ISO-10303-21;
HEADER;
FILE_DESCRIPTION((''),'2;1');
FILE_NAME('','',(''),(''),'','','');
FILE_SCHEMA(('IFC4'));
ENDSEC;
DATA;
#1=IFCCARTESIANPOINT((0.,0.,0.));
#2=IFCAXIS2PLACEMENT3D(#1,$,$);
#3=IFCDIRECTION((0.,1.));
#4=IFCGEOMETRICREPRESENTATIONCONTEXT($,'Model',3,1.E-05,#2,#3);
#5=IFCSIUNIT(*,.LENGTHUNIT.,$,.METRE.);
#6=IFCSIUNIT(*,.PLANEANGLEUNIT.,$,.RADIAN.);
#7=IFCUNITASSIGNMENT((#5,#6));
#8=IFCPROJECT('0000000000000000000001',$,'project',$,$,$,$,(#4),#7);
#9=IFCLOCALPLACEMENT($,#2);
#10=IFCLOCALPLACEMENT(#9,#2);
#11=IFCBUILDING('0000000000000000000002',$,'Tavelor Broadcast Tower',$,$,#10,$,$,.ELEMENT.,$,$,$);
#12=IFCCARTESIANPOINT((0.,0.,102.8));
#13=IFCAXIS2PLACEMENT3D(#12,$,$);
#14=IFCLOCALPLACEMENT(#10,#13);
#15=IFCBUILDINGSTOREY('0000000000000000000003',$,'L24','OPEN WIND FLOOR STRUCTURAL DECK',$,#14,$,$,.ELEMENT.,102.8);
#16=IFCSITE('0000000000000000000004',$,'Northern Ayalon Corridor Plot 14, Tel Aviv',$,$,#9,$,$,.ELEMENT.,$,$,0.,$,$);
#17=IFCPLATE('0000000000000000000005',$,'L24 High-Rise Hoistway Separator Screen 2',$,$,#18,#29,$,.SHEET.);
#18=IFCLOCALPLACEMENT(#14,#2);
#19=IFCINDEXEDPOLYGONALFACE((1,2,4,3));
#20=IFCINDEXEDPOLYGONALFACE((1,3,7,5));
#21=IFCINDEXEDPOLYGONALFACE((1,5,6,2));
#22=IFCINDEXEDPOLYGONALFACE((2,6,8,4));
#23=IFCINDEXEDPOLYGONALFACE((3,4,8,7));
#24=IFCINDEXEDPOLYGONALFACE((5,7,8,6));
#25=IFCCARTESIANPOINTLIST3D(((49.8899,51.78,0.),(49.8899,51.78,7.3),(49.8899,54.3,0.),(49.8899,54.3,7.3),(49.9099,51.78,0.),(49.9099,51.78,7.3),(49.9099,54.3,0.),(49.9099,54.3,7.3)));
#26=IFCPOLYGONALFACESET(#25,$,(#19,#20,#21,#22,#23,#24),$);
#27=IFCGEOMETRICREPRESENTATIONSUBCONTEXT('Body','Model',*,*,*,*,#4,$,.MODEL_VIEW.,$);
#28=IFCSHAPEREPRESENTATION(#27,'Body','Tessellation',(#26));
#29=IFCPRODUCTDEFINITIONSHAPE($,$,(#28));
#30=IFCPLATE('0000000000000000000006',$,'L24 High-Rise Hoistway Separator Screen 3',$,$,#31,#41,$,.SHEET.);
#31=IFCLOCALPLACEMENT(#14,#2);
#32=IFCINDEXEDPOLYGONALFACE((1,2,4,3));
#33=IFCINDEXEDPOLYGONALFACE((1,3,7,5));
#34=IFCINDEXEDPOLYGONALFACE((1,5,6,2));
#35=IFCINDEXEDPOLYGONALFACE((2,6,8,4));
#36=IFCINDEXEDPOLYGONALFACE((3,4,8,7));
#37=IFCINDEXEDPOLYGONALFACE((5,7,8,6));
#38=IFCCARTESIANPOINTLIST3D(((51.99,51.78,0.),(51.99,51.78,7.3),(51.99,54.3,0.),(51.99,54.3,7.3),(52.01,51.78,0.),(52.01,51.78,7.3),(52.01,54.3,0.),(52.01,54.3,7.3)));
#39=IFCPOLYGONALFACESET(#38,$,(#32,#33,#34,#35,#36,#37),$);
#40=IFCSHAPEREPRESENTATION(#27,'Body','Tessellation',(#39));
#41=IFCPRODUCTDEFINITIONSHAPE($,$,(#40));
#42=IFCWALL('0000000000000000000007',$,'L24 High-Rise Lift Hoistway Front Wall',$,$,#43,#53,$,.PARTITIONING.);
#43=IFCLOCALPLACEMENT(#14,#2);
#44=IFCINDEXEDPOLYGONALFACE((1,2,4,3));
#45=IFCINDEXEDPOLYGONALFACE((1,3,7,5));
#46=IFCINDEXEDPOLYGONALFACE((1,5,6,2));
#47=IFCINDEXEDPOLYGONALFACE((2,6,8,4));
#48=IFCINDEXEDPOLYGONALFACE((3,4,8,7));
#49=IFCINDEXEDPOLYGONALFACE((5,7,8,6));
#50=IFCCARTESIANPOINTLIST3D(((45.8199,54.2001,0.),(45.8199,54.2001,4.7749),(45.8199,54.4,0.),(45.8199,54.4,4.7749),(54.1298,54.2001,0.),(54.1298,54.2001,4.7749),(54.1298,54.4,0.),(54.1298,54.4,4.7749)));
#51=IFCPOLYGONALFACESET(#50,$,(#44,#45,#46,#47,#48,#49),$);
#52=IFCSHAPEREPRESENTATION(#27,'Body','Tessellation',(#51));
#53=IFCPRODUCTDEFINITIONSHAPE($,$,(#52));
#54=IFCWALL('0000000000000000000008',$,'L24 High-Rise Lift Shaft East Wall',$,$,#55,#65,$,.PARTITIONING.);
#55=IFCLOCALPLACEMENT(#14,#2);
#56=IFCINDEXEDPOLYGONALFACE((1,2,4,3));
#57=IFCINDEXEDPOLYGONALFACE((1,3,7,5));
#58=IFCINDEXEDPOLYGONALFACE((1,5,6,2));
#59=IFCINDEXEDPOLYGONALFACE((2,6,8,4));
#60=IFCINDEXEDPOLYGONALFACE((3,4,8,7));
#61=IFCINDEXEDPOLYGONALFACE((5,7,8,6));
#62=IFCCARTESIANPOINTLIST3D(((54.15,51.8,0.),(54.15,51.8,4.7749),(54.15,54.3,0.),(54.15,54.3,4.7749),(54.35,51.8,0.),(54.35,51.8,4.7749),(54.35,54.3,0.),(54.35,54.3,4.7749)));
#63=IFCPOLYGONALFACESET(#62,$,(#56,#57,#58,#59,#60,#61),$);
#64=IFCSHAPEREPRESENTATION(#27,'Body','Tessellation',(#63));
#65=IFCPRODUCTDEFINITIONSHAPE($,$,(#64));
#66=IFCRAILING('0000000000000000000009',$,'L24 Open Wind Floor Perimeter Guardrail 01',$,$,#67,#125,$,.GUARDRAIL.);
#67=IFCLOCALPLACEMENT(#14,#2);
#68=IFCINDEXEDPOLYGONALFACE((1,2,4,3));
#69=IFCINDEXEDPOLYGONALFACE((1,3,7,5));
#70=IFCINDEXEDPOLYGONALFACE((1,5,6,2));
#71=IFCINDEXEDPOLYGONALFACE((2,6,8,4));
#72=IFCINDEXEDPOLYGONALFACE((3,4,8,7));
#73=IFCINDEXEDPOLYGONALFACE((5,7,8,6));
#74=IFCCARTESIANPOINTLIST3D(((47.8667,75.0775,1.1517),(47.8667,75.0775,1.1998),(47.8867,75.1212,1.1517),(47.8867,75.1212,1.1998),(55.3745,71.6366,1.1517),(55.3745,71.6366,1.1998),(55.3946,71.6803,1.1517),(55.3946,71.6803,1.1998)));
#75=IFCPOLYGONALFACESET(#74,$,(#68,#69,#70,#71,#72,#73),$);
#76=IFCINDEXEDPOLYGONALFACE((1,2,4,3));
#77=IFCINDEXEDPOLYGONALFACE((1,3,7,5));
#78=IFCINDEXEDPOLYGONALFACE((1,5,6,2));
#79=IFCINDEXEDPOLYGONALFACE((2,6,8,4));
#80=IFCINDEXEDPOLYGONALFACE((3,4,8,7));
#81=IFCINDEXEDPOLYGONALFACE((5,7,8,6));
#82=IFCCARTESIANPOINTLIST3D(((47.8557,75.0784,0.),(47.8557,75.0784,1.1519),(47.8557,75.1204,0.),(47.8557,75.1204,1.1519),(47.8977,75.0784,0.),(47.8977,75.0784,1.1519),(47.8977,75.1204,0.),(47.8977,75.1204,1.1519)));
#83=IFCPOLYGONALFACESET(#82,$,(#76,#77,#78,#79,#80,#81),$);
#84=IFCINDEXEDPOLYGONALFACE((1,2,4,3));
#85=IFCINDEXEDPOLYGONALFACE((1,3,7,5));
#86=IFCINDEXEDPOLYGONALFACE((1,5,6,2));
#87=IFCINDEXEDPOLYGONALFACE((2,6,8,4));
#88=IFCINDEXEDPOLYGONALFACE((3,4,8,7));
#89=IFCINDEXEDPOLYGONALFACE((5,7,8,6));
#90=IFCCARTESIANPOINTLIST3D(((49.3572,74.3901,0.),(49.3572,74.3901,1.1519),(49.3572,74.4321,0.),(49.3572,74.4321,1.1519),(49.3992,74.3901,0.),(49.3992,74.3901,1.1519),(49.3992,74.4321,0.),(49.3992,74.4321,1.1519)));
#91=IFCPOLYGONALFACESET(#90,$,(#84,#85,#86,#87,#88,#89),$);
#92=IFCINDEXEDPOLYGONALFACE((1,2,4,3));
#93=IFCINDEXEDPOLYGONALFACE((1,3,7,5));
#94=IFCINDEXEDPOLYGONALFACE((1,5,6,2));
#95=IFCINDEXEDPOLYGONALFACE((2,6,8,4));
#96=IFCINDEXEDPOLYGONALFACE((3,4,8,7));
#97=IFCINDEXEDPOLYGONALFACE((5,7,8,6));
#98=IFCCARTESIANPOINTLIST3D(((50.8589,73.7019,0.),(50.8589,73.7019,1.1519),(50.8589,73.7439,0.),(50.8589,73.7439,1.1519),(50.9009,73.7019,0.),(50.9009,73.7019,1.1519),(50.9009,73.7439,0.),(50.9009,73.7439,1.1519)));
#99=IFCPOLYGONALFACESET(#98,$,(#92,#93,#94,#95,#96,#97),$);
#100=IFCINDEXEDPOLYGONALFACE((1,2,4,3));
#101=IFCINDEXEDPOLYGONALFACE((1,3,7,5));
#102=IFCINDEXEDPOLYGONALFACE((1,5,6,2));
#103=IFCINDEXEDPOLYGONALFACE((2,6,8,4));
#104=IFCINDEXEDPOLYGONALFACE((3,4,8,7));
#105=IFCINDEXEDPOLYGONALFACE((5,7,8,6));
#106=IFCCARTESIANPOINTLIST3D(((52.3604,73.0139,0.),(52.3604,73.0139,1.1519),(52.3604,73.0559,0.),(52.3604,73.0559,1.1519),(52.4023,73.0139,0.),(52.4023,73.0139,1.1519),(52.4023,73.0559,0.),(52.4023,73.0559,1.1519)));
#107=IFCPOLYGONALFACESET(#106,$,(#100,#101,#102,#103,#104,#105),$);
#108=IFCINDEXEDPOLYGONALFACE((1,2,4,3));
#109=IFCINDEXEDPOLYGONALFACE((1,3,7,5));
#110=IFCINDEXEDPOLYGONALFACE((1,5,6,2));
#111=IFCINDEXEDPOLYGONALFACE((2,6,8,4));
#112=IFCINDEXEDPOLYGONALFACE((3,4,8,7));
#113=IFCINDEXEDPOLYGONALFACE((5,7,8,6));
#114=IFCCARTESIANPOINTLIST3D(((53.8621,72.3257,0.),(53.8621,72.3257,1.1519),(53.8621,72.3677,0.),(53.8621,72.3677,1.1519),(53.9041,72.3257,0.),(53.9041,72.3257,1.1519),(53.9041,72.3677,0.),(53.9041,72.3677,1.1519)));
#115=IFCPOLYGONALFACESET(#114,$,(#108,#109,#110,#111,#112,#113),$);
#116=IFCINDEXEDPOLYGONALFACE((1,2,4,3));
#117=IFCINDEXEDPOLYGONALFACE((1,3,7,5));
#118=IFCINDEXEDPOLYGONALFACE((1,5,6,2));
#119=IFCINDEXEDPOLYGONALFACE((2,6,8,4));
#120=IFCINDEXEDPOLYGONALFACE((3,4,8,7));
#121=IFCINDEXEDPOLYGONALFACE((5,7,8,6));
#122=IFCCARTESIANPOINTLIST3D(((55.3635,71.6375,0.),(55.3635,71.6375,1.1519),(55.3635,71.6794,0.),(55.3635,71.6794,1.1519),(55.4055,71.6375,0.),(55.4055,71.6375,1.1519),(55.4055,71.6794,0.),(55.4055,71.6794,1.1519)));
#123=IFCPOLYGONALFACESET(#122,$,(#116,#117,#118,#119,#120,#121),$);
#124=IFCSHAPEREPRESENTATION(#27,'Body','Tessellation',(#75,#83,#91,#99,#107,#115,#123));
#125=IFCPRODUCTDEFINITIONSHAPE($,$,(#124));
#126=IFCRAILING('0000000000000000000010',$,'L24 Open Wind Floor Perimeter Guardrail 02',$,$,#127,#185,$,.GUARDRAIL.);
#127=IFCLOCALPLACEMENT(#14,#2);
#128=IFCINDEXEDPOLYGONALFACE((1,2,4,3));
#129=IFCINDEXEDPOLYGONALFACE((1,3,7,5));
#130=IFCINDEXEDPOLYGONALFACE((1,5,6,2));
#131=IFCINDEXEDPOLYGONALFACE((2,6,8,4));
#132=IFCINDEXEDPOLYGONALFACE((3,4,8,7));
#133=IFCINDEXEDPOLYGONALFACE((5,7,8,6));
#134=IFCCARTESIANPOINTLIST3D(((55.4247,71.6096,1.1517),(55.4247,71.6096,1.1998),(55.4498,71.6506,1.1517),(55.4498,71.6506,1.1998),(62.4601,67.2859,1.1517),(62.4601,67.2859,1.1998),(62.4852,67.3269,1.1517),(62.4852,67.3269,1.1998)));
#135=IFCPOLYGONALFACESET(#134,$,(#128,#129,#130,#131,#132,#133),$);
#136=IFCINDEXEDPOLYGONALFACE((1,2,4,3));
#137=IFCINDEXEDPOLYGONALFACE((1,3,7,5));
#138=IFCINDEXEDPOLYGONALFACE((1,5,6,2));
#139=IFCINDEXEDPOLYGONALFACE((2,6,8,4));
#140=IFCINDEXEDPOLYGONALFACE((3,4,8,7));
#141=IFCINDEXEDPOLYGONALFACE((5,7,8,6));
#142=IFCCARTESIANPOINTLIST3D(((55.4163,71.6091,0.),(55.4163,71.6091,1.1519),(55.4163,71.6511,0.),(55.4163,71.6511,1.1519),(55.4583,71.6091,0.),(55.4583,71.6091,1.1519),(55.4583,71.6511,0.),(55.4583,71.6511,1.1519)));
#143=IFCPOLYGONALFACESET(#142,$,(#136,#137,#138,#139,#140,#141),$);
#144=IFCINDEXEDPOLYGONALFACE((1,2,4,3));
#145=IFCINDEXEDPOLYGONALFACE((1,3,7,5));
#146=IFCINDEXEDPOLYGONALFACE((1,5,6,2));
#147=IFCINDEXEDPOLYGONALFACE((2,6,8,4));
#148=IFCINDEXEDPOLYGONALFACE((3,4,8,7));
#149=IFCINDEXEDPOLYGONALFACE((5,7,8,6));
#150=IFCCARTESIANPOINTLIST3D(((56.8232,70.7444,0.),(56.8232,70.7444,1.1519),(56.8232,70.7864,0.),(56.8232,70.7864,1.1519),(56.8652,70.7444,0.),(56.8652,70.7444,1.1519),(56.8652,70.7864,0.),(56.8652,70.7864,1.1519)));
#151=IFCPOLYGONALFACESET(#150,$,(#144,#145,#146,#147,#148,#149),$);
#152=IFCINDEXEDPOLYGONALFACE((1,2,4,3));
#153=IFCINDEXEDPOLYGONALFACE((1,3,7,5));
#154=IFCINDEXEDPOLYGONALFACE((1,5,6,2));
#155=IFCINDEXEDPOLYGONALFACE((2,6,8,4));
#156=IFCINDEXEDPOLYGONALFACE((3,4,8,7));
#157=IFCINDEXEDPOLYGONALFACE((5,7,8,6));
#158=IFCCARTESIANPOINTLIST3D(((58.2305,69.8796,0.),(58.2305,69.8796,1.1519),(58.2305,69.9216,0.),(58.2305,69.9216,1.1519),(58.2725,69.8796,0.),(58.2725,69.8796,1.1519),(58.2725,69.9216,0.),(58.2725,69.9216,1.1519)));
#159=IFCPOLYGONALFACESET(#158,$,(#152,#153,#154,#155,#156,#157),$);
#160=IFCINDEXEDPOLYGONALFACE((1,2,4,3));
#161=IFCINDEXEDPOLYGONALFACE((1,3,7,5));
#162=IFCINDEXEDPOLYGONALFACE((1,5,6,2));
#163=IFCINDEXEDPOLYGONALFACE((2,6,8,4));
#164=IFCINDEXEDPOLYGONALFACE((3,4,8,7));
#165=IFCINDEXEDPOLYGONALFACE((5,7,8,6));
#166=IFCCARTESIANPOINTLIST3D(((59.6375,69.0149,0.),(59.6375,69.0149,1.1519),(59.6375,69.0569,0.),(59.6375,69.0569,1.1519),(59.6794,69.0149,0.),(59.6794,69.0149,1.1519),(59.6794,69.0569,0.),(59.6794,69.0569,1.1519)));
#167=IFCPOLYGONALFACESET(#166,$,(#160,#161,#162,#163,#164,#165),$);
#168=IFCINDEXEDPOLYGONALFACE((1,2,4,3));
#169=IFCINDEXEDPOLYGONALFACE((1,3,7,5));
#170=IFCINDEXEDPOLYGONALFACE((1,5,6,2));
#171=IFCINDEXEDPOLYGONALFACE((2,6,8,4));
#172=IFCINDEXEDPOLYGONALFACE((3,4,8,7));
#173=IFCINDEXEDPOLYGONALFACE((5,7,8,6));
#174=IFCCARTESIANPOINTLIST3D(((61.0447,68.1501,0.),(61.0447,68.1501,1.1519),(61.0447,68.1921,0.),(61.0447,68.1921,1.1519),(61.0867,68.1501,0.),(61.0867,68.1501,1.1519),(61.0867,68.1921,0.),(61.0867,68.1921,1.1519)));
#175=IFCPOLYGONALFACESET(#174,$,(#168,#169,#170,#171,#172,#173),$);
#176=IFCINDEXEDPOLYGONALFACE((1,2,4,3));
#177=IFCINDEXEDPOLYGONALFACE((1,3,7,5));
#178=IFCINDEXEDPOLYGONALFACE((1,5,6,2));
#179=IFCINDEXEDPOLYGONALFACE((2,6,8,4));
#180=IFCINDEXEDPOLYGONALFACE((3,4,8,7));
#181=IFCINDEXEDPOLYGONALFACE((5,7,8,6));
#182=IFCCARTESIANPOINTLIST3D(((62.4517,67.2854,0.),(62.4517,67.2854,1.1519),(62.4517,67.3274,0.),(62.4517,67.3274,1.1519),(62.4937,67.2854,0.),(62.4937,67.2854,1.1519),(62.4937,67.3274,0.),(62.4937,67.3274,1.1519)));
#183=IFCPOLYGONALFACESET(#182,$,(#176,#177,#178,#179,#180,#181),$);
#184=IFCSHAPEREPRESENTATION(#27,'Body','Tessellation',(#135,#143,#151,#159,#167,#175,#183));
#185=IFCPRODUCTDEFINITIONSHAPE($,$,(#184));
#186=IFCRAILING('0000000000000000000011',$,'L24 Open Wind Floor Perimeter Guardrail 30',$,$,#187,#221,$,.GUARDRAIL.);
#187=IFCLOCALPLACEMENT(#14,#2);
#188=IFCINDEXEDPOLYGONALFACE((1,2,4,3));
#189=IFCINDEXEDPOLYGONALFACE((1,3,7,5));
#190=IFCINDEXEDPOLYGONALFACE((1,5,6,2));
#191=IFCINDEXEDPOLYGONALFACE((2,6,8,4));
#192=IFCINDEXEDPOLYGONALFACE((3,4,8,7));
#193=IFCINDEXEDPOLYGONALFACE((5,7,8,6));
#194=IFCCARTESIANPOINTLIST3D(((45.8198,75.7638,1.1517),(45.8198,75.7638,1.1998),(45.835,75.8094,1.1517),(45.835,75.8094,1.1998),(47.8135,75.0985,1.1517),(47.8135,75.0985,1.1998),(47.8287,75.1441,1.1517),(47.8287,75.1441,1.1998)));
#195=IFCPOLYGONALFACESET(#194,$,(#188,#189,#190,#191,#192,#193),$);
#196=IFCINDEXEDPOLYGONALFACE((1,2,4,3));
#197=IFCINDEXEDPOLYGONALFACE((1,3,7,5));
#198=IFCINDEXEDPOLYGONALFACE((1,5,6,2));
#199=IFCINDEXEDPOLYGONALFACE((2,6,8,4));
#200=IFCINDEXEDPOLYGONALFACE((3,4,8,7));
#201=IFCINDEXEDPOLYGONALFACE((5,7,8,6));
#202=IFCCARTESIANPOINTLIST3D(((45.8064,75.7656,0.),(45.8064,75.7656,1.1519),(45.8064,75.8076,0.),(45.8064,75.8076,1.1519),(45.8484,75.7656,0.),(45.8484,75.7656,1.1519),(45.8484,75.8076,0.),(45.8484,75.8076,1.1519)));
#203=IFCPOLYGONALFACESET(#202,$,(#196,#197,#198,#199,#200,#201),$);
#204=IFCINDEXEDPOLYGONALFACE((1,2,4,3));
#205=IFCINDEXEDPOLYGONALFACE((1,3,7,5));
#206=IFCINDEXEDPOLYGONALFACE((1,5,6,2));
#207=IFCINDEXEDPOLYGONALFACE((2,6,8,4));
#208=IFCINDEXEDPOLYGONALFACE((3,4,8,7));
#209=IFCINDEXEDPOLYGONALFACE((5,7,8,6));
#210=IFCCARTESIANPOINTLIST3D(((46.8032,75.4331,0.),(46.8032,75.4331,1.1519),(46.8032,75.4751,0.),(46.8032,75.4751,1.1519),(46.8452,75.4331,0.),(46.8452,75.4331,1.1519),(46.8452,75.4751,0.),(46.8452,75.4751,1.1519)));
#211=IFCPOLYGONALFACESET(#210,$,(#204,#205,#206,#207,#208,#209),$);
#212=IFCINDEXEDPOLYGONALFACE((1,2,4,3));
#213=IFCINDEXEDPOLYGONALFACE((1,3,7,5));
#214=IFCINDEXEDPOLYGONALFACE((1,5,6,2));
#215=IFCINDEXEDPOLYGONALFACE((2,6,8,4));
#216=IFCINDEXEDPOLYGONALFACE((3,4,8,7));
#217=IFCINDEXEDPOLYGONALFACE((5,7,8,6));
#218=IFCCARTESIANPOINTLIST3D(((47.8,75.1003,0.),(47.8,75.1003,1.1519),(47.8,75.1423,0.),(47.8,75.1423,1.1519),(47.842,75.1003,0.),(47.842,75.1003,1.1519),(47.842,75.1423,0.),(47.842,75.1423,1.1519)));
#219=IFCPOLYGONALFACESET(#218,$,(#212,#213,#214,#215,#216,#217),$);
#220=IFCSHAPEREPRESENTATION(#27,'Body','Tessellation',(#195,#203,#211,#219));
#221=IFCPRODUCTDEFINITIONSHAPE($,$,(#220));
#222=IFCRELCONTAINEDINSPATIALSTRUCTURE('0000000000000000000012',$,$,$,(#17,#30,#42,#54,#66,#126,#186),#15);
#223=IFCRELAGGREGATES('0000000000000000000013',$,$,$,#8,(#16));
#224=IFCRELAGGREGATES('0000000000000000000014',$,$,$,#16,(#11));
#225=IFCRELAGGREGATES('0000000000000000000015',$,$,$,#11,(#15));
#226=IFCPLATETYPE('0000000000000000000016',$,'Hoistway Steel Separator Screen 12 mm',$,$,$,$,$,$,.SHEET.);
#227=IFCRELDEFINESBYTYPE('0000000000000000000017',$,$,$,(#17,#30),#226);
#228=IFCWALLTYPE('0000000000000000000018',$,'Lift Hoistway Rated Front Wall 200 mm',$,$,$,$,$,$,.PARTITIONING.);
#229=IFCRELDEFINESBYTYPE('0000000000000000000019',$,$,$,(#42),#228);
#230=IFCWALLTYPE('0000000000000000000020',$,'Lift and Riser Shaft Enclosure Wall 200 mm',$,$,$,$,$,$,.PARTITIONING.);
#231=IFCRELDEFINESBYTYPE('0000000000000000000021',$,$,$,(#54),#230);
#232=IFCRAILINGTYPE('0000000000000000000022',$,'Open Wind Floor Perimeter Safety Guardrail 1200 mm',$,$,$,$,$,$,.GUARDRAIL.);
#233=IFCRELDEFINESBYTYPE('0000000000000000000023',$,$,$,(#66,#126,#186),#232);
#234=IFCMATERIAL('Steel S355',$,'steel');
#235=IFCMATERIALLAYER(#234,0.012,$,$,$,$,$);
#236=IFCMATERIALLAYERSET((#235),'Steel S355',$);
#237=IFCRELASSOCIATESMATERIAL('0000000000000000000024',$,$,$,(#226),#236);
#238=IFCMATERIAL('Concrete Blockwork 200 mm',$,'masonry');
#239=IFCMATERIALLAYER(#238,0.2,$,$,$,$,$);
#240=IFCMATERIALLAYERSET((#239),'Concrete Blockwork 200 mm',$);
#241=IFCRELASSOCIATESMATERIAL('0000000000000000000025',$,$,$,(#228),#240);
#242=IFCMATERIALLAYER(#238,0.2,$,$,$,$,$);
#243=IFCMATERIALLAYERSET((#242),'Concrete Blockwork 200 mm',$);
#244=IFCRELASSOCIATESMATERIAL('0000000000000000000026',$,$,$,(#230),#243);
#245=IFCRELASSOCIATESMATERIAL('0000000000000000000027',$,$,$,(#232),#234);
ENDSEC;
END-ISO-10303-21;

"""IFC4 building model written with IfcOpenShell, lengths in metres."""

from ifc_helpers import new_model, si_unit, direction, frame, frame_2d, origin, origin_2d, place, context, subcontext, project, spatial, rectangle, extrude, source, transform, mapped, material, layer, layer_set, type_object, type_shapes, element, save


model = new_model("IFC4")

# Units and contexts
model_context = context("Model", 3, precision=1e-05, world=origin(), true_north=direction((0.0, 1.0)))
body_context = subcontext(model_context, "Body", "Model", "MODEL_VIEW")
ifc_project = project(units=[si_unit("LENGTHUNIT", "METRE"), si_unit("PLANEANGLEUNIT", "RADIAN")], contexts=[model_context])

# Site, building, storey
site_placement = place(None, origin())
site = spatial("IfcSite", under=ifc_project, at=site_placement, Name="Northern Ayalon Corridor Plot 14, Tel Aviv", CompositionType="ELEMENT", RefElevation=0.0)
building_placement = place(site_placement, origin())
building = spatial("IfcBuilding", under=site, at=building_placement, Name="Tavelor Broadcast Tower", CompositionType="ELEMENT")
storey_placement = place(building_placement, frame((0.0, 0.0, 102.8)))
storey = spatial("IfcBuildingStorey", under=building, at=storey_placement, Name="L24", Description="OPEN WIND FLOOR STRUCTURAL DECK", CompositionType="ELEMENT", Elevation=102.8)

# Plates
ifc_material_1 = material(Name="Steel S355", Category="steel")
ifc_layer_1 = layer(ifc_material_1, 0.012)
ifc_layer_set_1 = layer_set([ifc_layer_1], Name="Steel S355")
plate_type_1 = type_object("IfcPlateType", Name="Hoistway Steel Separator Screen 12 mm", PredefinedType="SHEET", material=ifc_layer_set_1)
shared_shape_1 = source(origin(), body_context, "Body", "SweptSolid", [
    extrude(rectangle(XDim=0.02, YDim=2.52, at=origin_2d()), origin(), (0.0, 0.0, 1.0), 7.3),
])
type_shapes(plate_type_1, [shared_shape_1])
for number, where, z_axis, x_axis, name in (
    (1, (49.8999, 53.04, 0.0), (0.0, 0.0, 1.0), (1.0, 0.0, 0.0), "L24 High-Rise Hoistway Separator Screen 2"),
    (2, (52.0, 53.04, 0.0), (0.0, 0.0, 1.0), (1.0, 0.0, 0.0), "L24 High-Rise Hoistway Separator Screen 3"),
):
    element("IfcPlate", number, at=place(storey_placement, frame(where, z_axis=z_axis, x_axis=x_axis)), inside=storey, type_object=plate_type_1, Name=name, PredefinedType="SHEET", context=body_context, shape_type="MappedRepresentation", body=[
        mapped(shared_shape_1, transform((0.0, 0.0, 0.0), scale=1.0)),
    ])

# Walls
ifc_material_2 = material(Name="Concrete Blockwork 200 mm", Category="masonry")
ifc_layer_2 = layer(ifc_material_2, 0.2)
ifc_layer_set_2 = layer_set([ifc_layer_2], Name="Concrete Blockwork 200 mm")
wall_type_1 = type_object("IfcWallType", Name="Lift Hoistway Rated Front Wall 200 mm", PredefinedType="PARTITIONING", material=ifc_layer_set_2)
wall_1_placement = place(storey_placement, frame((45.8201, 54.3, 0.0), z_axis=(0.0, 0.0, 1.0), x_axis=(1.0, 0.0, 0.0)))
element("IfcWall", 3, at=wall_1_placement, inside=storey, type_object=wall_type_1, Name="L24 High-Rise Lift Hoistway Front Wall", PredefinedType="PARTITIONING", context=body_context, shape_type="SweptSolid", body=[
    extrude(rectangle(XDim=8.3098, YDim=0.2, at=frame_2d((4.1548, 0.0))), origin(), (0.0, 0.0, 1.0), 4.7749),
])
ifc_layer_3 = layer(ifc_material_2, 0.2)
ifc_layer_set_3 = layer_set([ifc_layer_3], Name="Concrete Blockwork 200 mm")
wall_type_2 = type_object("IfcWallType", Name="Lift and Riser Shaft Enclosure Wall 200 mm", PredefinedType="PARTITIONING", material=ifc_layer_set_3)
wall_2_placement = place(storey_placement, frame((54.25, 51.8, 0.0), z_axis=(0.0, 0.0, 1.0), x_axis=(0.0, 1.0, 0.0)))
element("IfcWall", 4, at=wall_2_placement, inside=storey, type_object=wall_type_2, Name="L24 High-Rise Lift Shaft East Wall", PredefinedType="PARTITIONING", context=body_context, shape_type="SweptSolid", body=[
    extrude(rectangle(XDim=2.5, YDim=0.2, at=frame_2d((1.25, 0.0))), origin(), (0.0, 0.0, 1.0), 4.7749),
])

# Railings
railing_type = type_object("IfcRailingType", Name="Open Wind Floor Perimeter Safety Guardrail 1200 mm", PredefinedType="GUARDRAIL", material=ifc_material_1)
railing_1_placement = place(storey_placement, frame((47.8767, 75.0994, 0.0)))
element("IfcRailing", 5, at=railing_1_placement, inside=storey, type_object=railing_type, Name="L24 Open Wind Floor Perimeter Guardrail 01", PredefinedType="GUARDRAIL", context=body_context, shape_type="SweptSolid", body=[
    extrude(rectangle(XDim=0.0481, YDim=0.0481, at=origin_2d()), frame((0.0, 0.0, 1.1758), z_axis=(0.909072, -0.416638, 0.0), x_axis=(0.416638, 0.909072, 0.0)), (0.0, 0.0, 1.0), 8.2588),
    extrude(rectangle(XDim=0.042, YDim=0.042, at=origin_2d()), origin(), (0.0, 0.0, 1.0), 1.1519),
    extrude(rectangle(XDim=0.042, YDim=0.042, at=origin_2d()), frame((1.5015, -0.6882, 0.0)), (0.0, 0.0, 1.0), 1.1519),
    extrude(rectangle(XDim=0.042, YDim=0.042, at=origin_2d()), frame((3.0032, -1.3765, 0.0)), (0.0, 0.0, 1.0), 1.1519),
    extrude(rectangle(XDim=0.042, YDim=0.042, at=origin_2d()), frame((4.5046, -2.0645, 0.0)), (0.0, 0.0, 1.0), 1.1519),
    extrude(rectangle(XDim=0.042, YDim=0.042, at=origin_2d()), frame((6.0063, -2.7527, 0.0)), (0.0, 0.0, 1.0), 1.1519),
    extrude(rectangle(XDim=0.042, YDim=0.042, at=origin_2d()), frame((7.5078, -3.4409, 0.0)), (0.0, 0.0, 1.0), 1.1519),
])
railing_2_placement = place(storey_placement, frame((55.4373, 71.6301, 0.0)))
element("IfcRailing", 6, at=railing_2_placement, inside=storey, type_object=railing_type, Name="L24 Open Wind Floor Perimeter Guardrail 02", PredefinedType="GUARDRAIL", context=body_context, shape_type="SweptSolid", body=[
    extrude(rectangle(XDim=0.0481, YDim=0.0481, at=origin_2d()), frame((0.0, 0.0, 1.1758), z_axis=(0.851969, -0.523593, 0.0), x_axis=(0.523593, 0.851969, 0.0)), (0.0, 0.0, 1.0), 8.2578),
    extrude(rectangle(XDim=0.042, YDim=0.042, at=origin_2d()), origin(), (0.0, 0.0, 1.0), 1.1519),
    extrude(rectangle(XDim=0.042, YDim=0.042, at=origin_2d()), frame((1.407, -0.8647, 0.0)), (0.0, 0.0, 1.0), 1.1519),
    extrude(rectangle(XDim=0.042, YDim=0.042, at=origin_2d()), frame((2.8142, -1.7295, 0.0)), (0.0, 0.0, 1.0), 1.1519),
    extrude(rectangle(XDim=0.042, YDim=0.042, at=origin_2d()), frame((4.2212, -2.5942, 0.0)), (0.0, 0.0, 1.0), 1.1519),
    extrude(rectangle(XDim=0.042, YDim=0.042, at=origin_2d()), frame((5.6284, -3.459, 0.0)), (0.0, 0.0, 1.0), 1.1519),
    extrude(rectangle(XDim=0.042, YDim=0.042, at=origin_2d()), frame((7.0354, -4.3237, 0.0)), (0.0, 0.0, 1.0), 1.1519),
])
railing_3_placement = place(storey_placement, frame((45.8274, 75.7866, 0.0)))
element("IfcRailing", 7, at=railing_3_placement, inside=storey, type_object=railing_type, Name="L24 Open Wind Floor Perimeter Guardrail 30", PredefinedType="GUARDRAIL", context=body_context, shape_type="SweptSolid", body=[
    extrude(rectangle(XDim=0.0481, YDim=0.0481, at=origin_2d()), frame((0.0, 0.0, 1.1758), z_axis=(0.948579, -0.316541, 0.0), x_axis=(0.316541, 0.948579, 0.0)), (0.0, 0.0, 1.0), 2.1018),
    extrude(rectangle(XDim=0.042, YDim=0.042, at=origin_2d()), origin(), (0.0, 0.0, 1.0), 1.1519),
    extrude(rectangle(XDim=0.042, YDim=0.042, at=origin_2d()), frame((0.9968, -0.3325, 0.0)), (0.0, 0.0, 1.0), 1.1519),
    extrude(rectangle(XDim=0.042, YDim=0.042, at=origin_2d()), frame((1.9937, -0.6653, 0.0)), (0.0, 0.0, 1.0), 1.1519),
])

save(model, "model.ifc")
